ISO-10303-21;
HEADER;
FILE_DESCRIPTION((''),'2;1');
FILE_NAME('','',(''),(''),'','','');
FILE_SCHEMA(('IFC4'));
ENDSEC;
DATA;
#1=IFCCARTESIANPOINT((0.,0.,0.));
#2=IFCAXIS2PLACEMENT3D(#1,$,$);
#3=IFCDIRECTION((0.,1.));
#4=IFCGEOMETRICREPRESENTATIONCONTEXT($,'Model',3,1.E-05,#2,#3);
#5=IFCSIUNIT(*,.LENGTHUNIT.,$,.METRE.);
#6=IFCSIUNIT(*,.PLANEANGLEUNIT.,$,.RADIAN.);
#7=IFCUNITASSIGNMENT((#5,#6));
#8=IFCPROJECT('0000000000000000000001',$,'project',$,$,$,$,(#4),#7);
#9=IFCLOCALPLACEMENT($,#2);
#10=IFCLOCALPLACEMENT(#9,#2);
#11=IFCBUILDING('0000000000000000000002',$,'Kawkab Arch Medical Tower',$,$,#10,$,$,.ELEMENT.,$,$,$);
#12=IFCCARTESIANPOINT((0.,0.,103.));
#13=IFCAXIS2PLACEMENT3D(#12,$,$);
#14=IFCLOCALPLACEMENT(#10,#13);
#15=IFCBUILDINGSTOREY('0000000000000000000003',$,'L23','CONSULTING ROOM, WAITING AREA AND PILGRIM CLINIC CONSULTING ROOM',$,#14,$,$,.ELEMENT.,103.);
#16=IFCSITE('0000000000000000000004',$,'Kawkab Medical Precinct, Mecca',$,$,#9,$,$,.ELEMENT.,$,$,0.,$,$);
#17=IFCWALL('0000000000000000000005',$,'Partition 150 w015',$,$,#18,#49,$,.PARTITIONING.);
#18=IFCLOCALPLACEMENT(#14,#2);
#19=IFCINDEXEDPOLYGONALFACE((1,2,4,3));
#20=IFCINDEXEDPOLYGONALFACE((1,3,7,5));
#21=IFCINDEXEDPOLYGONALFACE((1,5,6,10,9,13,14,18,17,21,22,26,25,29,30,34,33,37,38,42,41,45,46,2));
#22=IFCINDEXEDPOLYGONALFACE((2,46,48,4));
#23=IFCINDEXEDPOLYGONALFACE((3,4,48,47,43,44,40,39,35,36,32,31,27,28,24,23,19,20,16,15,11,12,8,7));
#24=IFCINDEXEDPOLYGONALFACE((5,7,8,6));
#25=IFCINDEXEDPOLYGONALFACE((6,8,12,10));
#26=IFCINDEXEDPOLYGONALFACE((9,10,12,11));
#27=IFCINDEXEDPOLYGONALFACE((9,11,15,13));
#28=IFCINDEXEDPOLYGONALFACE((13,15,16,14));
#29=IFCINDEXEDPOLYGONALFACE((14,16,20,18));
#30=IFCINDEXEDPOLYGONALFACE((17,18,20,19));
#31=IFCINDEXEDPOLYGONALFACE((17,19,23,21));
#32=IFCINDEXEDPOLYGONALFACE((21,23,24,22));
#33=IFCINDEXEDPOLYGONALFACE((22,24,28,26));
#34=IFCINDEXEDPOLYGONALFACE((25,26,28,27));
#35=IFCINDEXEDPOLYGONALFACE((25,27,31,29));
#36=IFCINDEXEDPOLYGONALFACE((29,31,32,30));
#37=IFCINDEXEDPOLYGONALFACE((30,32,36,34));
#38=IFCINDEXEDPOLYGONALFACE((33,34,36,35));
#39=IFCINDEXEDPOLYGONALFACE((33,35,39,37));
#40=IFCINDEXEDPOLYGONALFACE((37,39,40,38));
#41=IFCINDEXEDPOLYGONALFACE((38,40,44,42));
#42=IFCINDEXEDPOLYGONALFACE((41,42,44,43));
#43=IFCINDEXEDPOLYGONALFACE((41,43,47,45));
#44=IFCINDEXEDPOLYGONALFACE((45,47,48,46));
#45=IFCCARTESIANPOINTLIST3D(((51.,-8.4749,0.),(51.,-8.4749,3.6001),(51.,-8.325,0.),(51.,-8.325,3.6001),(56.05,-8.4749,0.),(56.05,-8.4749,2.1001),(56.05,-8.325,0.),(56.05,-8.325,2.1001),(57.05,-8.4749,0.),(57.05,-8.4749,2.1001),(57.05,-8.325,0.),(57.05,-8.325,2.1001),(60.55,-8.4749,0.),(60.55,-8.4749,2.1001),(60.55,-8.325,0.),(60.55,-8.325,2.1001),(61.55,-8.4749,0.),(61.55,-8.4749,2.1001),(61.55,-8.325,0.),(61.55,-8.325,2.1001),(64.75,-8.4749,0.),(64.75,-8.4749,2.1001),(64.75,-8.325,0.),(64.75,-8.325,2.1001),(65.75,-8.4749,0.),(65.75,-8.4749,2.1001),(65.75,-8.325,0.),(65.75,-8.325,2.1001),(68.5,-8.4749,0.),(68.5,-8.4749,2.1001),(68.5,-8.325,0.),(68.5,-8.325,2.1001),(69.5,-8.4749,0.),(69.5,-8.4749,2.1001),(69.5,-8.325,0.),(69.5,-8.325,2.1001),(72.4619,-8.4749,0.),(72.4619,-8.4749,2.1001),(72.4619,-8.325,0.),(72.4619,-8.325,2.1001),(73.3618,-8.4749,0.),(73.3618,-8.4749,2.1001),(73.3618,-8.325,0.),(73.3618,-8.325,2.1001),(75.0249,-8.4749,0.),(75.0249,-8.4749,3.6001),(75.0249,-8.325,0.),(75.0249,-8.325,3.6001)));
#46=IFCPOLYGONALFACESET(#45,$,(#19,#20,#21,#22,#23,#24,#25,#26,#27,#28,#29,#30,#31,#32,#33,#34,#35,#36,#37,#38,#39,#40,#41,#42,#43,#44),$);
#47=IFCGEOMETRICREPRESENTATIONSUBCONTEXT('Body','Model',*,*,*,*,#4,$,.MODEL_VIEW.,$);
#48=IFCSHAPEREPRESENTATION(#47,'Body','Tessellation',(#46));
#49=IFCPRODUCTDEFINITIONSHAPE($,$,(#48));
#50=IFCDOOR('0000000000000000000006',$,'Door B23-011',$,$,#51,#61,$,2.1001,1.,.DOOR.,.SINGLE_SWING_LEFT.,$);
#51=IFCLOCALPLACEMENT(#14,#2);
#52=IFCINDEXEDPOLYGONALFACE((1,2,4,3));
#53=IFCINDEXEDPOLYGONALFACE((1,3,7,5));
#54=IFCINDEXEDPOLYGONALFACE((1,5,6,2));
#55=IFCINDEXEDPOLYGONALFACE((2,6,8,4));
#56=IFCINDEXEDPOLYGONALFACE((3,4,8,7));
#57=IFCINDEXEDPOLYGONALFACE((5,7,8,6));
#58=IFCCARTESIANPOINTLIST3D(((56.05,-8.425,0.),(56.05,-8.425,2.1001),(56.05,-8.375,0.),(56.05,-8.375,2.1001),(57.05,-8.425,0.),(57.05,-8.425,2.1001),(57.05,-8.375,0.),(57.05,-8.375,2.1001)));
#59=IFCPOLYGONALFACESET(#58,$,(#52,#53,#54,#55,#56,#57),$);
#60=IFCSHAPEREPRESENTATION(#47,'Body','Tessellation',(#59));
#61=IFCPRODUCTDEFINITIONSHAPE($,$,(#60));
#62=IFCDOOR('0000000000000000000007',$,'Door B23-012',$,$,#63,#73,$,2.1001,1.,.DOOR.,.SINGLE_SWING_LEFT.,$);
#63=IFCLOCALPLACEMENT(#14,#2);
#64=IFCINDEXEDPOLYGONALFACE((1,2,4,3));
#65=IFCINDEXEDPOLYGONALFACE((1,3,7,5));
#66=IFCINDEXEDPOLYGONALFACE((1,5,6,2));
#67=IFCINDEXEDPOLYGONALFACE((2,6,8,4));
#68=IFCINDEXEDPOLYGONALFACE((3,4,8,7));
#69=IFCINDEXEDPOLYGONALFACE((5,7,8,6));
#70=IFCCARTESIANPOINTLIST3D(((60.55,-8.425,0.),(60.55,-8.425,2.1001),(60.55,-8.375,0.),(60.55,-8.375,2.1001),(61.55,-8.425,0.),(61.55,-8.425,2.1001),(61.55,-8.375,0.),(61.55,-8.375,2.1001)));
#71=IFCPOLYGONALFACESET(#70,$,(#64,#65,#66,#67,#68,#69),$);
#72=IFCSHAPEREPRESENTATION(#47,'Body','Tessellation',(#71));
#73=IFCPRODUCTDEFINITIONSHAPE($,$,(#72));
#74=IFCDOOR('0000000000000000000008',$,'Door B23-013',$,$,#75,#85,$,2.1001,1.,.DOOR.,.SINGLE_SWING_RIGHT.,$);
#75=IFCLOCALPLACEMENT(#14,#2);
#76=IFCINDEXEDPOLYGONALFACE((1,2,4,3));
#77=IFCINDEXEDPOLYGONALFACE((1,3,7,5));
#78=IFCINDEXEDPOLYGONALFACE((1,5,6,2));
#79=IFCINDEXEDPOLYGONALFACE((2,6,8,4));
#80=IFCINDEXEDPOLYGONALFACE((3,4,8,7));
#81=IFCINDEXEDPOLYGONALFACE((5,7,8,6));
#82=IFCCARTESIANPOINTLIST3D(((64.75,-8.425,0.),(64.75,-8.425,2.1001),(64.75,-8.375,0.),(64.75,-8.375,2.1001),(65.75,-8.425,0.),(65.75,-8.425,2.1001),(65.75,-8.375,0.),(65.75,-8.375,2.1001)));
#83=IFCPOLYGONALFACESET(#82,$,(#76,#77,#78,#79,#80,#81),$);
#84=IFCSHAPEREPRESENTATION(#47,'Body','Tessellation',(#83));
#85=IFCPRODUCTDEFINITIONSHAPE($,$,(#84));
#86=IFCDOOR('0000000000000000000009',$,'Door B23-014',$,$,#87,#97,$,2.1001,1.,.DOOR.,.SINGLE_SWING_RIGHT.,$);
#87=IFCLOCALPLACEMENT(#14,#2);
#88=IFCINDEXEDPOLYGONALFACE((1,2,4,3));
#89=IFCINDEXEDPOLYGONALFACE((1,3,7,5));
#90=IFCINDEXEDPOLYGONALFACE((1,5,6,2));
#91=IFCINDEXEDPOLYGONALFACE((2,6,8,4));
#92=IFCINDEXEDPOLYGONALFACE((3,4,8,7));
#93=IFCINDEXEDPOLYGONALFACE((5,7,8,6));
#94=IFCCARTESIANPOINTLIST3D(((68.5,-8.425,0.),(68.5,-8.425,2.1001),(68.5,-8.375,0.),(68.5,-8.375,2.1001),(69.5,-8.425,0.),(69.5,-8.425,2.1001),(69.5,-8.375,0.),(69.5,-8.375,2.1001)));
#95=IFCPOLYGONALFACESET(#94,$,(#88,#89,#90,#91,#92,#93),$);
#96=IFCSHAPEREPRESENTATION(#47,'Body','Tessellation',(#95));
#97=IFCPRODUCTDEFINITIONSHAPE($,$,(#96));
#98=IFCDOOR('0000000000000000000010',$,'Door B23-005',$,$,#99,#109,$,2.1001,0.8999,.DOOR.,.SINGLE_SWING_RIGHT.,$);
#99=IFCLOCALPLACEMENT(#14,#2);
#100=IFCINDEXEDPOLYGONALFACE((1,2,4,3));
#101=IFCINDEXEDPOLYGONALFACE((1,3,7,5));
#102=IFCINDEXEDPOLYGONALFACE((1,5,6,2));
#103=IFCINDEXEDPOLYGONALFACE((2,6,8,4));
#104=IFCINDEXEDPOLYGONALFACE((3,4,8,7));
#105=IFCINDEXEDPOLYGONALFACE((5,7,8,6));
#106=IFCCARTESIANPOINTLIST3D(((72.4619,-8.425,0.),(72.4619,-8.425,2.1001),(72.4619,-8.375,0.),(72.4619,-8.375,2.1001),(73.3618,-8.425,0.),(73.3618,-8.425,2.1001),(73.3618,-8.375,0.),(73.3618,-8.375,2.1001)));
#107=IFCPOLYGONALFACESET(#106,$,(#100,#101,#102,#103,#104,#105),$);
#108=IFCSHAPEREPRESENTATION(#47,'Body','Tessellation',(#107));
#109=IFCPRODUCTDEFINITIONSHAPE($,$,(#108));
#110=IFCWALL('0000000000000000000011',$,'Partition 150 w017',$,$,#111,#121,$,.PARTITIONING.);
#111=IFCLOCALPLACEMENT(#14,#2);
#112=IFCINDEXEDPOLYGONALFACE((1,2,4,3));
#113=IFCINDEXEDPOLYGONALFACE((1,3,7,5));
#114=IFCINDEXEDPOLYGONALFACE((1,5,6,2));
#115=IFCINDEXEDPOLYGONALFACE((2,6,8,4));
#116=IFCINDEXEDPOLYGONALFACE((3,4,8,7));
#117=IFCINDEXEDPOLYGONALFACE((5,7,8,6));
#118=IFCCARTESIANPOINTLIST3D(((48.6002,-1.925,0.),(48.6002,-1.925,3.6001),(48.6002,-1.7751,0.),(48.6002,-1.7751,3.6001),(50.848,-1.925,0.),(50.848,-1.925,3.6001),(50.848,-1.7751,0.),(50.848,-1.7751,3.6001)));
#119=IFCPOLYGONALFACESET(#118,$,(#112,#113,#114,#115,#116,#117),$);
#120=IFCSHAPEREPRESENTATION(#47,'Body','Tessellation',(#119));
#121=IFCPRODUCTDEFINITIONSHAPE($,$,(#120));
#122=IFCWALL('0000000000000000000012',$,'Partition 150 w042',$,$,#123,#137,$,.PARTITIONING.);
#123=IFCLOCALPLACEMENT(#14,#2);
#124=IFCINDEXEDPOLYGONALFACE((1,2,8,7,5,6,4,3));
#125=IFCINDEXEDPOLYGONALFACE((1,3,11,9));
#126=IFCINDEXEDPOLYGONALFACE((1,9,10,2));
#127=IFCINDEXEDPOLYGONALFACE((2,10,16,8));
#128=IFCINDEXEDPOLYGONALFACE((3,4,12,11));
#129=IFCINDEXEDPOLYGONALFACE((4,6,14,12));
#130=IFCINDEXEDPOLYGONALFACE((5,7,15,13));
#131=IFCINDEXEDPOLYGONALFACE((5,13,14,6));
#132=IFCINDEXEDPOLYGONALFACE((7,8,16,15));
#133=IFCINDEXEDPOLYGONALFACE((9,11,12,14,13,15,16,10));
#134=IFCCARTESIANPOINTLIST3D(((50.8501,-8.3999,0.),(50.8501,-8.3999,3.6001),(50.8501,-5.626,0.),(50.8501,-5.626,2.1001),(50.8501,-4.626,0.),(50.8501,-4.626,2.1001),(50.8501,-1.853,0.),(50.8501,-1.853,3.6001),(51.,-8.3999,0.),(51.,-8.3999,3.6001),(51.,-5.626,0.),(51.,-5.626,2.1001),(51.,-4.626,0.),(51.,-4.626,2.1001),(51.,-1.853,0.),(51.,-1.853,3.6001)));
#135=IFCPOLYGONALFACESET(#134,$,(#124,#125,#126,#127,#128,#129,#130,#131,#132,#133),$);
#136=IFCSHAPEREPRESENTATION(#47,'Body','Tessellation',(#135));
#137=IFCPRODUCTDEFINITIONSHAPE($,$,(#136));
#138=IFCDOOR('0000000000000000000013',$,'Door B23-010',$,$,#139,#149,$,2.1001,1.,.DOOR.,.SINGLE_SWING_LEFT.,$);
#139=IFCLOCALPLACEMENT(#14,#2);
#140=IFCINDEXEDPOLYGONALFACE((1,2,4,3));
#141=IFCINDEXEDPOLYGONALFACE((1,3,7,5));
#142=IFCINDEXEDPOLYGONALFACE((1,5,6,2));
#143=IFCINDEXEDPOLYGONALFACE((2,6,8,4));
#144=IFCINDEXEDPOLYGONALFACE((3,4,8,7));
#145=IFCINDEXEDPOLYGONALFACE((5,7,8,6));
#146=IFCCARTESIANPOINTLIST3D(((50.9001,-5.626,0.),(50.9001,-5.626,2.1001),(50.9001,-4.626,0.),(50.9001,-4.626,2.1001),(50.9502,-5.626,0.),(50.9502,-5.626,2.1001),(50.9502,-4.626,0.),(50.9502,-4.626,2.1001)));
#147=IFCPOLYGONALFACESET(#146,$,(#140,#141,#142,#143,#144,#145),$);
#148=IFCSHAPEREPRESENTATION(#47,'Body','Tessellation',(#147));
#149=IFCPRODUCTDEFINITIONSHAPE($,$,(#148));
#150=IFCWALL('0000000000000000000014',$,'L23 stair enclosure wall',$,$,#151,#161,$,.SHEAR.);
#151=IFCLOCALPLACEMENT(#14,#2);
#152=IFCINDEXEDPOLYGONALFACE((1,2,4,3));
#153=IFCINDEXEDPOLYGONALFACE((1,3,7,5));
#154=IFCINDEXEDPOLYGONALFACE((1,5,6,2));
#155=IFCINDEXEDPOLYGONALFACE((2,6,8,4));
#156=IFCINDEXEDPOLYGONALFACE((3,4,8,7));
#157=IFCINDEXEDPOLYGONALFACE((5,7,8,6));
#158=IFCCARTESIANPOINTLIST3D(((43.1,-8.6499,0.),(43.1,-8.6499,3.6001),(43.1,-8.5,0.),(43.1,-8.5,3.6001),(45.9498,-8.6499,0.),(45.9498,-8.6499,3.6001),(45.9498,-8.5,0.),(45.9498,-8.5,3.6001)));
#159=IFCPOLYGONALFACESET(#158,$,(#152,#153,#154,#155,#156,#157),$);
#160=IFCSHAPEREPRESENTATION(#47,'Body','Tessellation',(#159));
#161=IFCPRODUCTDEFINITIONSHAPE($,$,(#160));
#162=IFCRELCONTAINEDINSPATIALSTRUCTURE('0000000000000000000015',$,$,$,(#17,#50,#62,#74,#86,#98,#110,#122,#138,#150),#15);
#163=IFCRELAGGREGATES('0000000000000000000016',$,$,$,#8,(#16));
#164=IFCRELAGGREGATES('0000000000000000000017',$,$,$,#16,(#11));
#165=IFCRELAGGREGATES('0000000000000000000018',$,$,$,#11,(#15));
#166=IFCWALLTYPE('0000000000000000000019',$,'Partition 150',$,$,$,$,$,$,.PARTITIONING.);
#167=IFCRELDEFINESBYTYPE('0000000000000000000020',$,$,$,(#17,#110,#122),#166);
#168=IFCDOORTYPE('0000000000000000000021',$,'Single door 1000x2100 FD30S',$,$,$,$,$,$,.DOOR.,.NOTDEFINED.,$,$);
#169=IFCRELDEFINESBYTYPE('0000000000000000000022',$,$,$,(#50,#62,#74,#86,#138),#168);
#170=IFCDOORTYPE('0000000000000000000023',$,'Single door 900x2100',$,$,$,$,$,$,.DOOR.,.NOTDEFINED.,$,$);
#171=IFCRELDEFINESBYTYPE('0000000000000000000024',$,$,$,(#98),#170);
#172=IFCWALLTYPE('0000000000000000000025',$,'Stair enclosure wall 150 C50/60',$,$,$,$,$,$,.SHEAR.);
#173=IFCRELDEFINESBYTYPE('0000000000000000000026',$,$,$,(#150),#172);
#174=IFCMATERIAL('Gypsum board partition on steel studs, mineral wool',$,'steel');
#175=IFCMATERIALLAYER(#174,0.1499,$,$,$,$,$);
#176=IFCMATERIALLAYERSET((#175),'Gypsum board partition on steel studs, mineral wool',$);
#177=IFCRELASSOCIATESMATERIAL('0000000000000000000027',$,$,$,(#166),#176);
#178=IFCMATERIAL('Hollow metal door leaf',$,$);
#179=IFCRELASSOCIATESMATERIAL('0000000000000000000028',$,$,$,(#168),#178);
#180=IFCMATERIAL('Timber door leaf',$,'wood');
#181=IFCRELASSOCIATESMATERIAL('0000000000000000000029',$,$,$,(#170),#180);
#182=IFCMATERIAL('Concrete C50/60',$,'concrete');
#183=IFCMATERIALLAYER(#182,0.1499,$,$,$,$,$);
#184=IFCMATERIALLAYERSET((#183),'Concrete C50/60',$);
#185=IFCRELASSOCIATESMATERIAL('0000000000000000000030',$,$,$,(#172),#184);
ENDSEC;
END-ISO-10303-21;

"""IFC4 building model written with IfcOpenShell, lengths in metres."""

from ifc_helpers import new_model, si_unit, direction, frame, frame_2d, origin, place, context, subcontext, project, spatial, rectangle, extrude, material, layer, layer_set, type_object, element, fill, save


model = new_model("IFC4")

# Units and contexts
model_context = context("Model", 3, precision=1e-05, world=origin(), true_north=direction((0.0, 1.0)))
body_context = subcontext(model_context, "Body", "Model", "MODEL_VIEW")
ifc_project = project(units=[si_unit("LENGTHUNIT", "METRE"), si_unit("PLANEANGLEUNIT", "RADIAN")], contexts=[model_context])

# Site, building, storey
site_placement = place(None, origin())
site = spatial("IfcSite", under=ifc_project, at=site_placement, Name="Kawkab Medical Precinct, Mecca", CompositionType="ELEMENT", RefElevation=0.0)
building_placement = place(site_placement, origin())
building = spatial("IfcBuilding", under=site, at=building_placement, Name="Kawkab Arch Medical Tower", CompositionType="ELEMENT")
storey_placement = place(building_placement, frame((0.0, 0.0, 103.0)))
storey = spatial("IfcBuildingStorey", under=building, at=storey_placement, Name="L23", Description="CONSULTING ROOM, WAITING AREA AND PILGRIM CLINIC CONSULTING ROOM", CompositionType="ELEMENT", Elevation=103.0)

# Wall, openings, doors
ifc_material_1 = material(Name="Gypsum board partition on steel studs, mineral wool", Category="steel")
ifc_layer_1 = layer(ifc_material_1, 0.1499)
ifc_layer_set_1 = layer_set([ifc_layer_1], Name="Gypsum board partition on steel studs, mineral wool")
wall_type_1 = type_object("IfcWallType", Name="Partition 150", PredefinedType="PARTITIONING", material=ifc_layer_set_1)
wall_1_placement = place(storey_placement, frame((51.0, -8.3999, 0.0), z_axis=(0.0, 0.0, 1.0), x_axis=(1.0, 0.0, 0.0)))
wall_1 = element("IfcWall", 1, at=wall_1_placement, inside=storey, type_object=wall_type_1, Name="Partition 150 w015", PredefinedType="PARTITIONING", context=body_context, shape_type="SweptSolid", body=[
    extrude(rectangle(XDim=24.0249, YDim=0.1499, at=frame_2d((12.0125, 0.0))), origin(), (0.0, 0.0, 1.0), 3.6001),
])
opening_1_placement = place(wall_1_placement, frame((5.05, 0.0, 0.0)))
opening_1 = element("IfcOpeningElement", 2, at=opening_1_placement, cuts=wall_1, PredefinedType="OPENING", context=body_context, shape_type="SweptSolid", body=[
    extrude(rectangle(XDim=1.0, YDim=2.1001, at=frame_2d((0.5, 1.05))), frame((0.0, 0.085, 0.0), z_axis=(0.0, -1.0, 0.0), x_axis=(1.0, 0.0, 0.0)), (0.0, 0.0, 1.0), 0.1699),
])
opening_2_placement = place(wall_1_placement, frame((9.55, 0.0, 0.0)))
opening_2 = element("IfcOpeningElement", 3, at=opening_2_placement, cuts=wall_1, PredefinedType="OPENING", context=body_context, shape_type="SweptSolid", body=[
    extrude(rectangle(XDim=1.0, YDim=2.1001, at=frame_2d((0.5, 1.05))), frame((0.0, 0.085, 0.0), z_axis=(0.0, -1.0, 0.0), x_axis=(1.0, 0.0, 0.0)), (0.0, 0.0, 1.0), 0.1699),
])
opening_3_placement = place(wall_1_placement, frame((13.75, 0.0, 0.0)))
opening_3 = element("IfcOpeningElement", 4, at=opening_3_placement, cuts=wall_1, PredefinedType="OPENING", context=body_context, shape_type="SweptSolid", body=[
    extrude(rectangle(XDim=1.0, YDim=2.1001, at=frame_2d((0.5, 1.05))), frame((0.0, 0.085, 0.0), z_axis=(0.0, -1.0, 0.0), x_axis=(1.0, 0.0, 0.0)), (0.0, 0.0, 1.0), 0.1699),
])
opening_4_placement = place(wall_1_placement, frame((17.5, 0.0, 0.0)))
opening_4 = element("IfcOpeningElement", 5, at=opening_4_placement, cuts=wall_1, PredefinedType="OPENING", context=body_context, shape_type="SweptSolid", body=[
    extrude(rectangle(XDim=1.0, YDim=2.1001, at=frame_2d((0.5, 1.05))), frame((0.0, 0.085, 0.0), z_axis=(0.0, -1.0, 0.0), x_axis=(1.0, 0.0, 0.0)), (0.0, 0.0, 1.0), 0.1699),
])
opening_5_placement = place(wall_1_placement, frame((21.4619, 0.0, 0.0)))
opening_5 = element("IfcOpeningElement", 6, at=opening_5_placement, cuts=wall_1, PredefinedType="OPENING", context=body_context, shape_type="SweptSolid", body=[
    extrude(rectangle(XDim=0.8999, YDim=2.1001, at=frame_2d((0.45, 1.05))), frame((0.0, 0.085, 0.0), z_axis=(0.0, -1.0, 0.0), x_axis=(1.0, 0.0, 0.0)), (0.0, 0.0, 1.0), 0.1699),
])
ifc_material_2 = material(Name="Hollow metal door leaf")
door_type_1 = type_object("IfcDoorType", Name="Single door 1000x2100 FD30S", OperationType="NOTDEFINED", PredefinedType="DOOR", material=ifc_material_2)
door_1_placement = place(opening_1_placement, origin())
door_1 = element("IfcDoor", 7, at=door_1_placement, inside=storey, type_object=door_type_1, Name="Door B23-011", OperationType="SINGLE_SWING_LEFT", OverallHeight=2.1001, OverallWidth=1.0, PredefinedType="DOOR", context=body_context, shape_type="SweptSolid", body=[
    extrude(rectangle(XDim=1.0, YDim=2.1001, at=frame_2d((0.5, 1.05))), frame((0.0, 0.0249, 0.0), z_axis=(0.0, -1.0, 0.0), x_axis=(1.0, 0.0, 0.0)), (0.0, 0.0, 1.0), 0.05),
])
fill(opening_1, door_1)
door_2_placement = place(opening_2_placement, origin())
door_2 = element("IfcDoor", 8, at=door_2_placement, inside=storey, type_object=door_type_1, Name="Door B23-012", OperationType="SINGLE_SWING_LEFT", OverallHeight=2.1001, OverallWidth=1.0, PredefinedType="DOOR", context=body_context, shape_type="SweptSolid", body=[
    extrude(rectangle(XDim=1.0, YDim=2.1001, at=frame_2d((0.5, 1.05))), frame((0.0, 0.0249, 0.0), z_axis=(0.0, -1.0, 0.0), x_axis=(1.0, 0.0, 0.0)), (0.0, 0.0, 1.0), 0.05),
])
fill(opening_2, door_2)
door_3_placement = place(opening_3_placement, origin())
door_3 = element("IfcDoor", 9, at=door_3_placement, inside=storey, type_object=door_type_1, Name="Door B23-013", OperationType="SINGLE_SWING_RIGHT", OverallHeight=2.1001, OverallWidth=1.0, PredefinedType="DOOR", context=body_context, shape_type="SweptSolid", body=[
    extrude(rectangle(XDim=1.0, YDim=2.1001, at=frame_2d((0.5, 1.05))), frame((0.0, 0.0249, 0.0), z_axis=(0.0, -1.0, 0.0), x_axis=(1.0, 0.0, 0.0)), (0.0, 0.0, 1.0), 0.05),
])
fill(opening_3, door_3)
door_4_placement = place(opening_4_placement, origin())
door_4 = element("IfcDoor", 10, at=door_4_placement, inside=storey, type_object=door_type_1, Name="Door B23-014", OperationType="SINGLE_SWING_RIGHT", OverallHeight=2.1001, OverallWidth=1.0, PredefinedType="DOOR", context=body_context, shape_type="SweptSolid", body=[
    extrude(rectangle(XDim=1.0, YDim=2.1001, at=frame_2d((0.5, 1.05))), frame((0.0, 0.0249, 0.0), z_axis=(0.0, -1.0, 0.0), x_axis=(1.0, 0.0, 0.0)), (0.0, 0.0, 1.0), 0.05),
])
fill(opening_4, door_4)
ifc_material_3 = material(Name="Timber door leaf", Category="wood")
door_type_2 = type_object("IfcDoorType", Name="Single door 900x2100", OperationType="NOTDEFINED", PredefinedType="DOOR", material=ifc_material_3)
door_5_placement = place(opening_5_placement, origin())
door_5 = element("IfcDoor", 11, at=door_5_placement, inside=storey, type_object=door_type_2, Name="Door B23-005", OperationType="SINGLE_SWING_RIGHT", OverallHeight=2.1001, OverallWidth=0.8999, PredefinedType="DOOR", context=body_context, shape_type="SweptSolid", body=[
    extrude(rectangle(XDim=0.8999, YDim=2.1001, at=frame_2d((0.45, 1.05))), frame((0.0, 0.0249, 0.0), z_axis=(0.0, -1.0, 0.0), x_axis=(1.0, 0.0, 0.0)), (0.0, 0.0, 1.0), 0.05),
])
fill(opening_5, door_5)

# Wall
wall_2_placement = place(storey_placement, frame((48.6001, -1.8501, 0.0), z_axis=(0.0, 0.0, 1.0), x_axis=(1.0, 0.0, 0.0)))
element("IfcWall", 12, at=wall_2_placement, inside=storey, type_object=wall_type_1, Name="Partition 150 w017", PredefinedType="PARTITIONING", context=body_context, shape_type="SweptSolid", body=[
    extrude(rectangle(XDim=2.2478, YDim=0.1499, at=frame_2d((1.124, 0.0))), origin(), (0.0, 0.0, 1.0), 3.6001),
])

# Wall, opening, door
wall_3_placement = place(storey_placement, frame((50.925, -8.3999, 0.0), z_axis=(0.0, 0.0, 1.0), x_axis=(0.0, 1.0, 0.0)))
wall_3 = element("IfcWall", 13, at=wall_3_placement, inside=storey, type_object=wall_type_1, Name="Partition 150 w042", PredefinedType="PARTITIONING", context=body_context, shape_type="SweptSolid", body=[
    extrude(rectangle(XDim=6.5469, YDim=0.1499, at=frame_2d((3.2734, 0.0))), origin(), (0.0, 0.0, 1.0), 3.6001),
])
opening_6_placement = place(wall_3_placement, frame((2.7739, 0.0, 0.0)))
opening_6 = element("IfcOpeningElement", 14, at=opening_6_placement, cuts=wall_3, PredefinedType="OPENING", context=body_context, shape_type="SweptSolid", body=[
    extrude(rectangle(XDim=1.0, YDim=2.1001, at=frame_2d((0.5, 1.05))), frame((0.0, 0.085, 0.0), z_axis=(0.0, -1.0, 0.0), x_axis=(1.0, 0.0, 0.0)), (0.0, 0.0, 1.0), 0.1699),
])
door_6_placement = place(opening_6_placement, origin())
door_6 = element("IfcDoor", 15, at=door_6_placement, inside=storey, type_object=door_type_1, Name="Door B23-010", OperationType="SINGLE_SWING_LEFT", OverallHeight=2.1001, OverallWidth=1.0, PredefinedType="DOOR", context=body_context, shape_type="SweptSolid", body=[
    extrude(rectangle(XDim=1.0, YDim=2.1001, at=frame_2d((0.5, 1.05))), frame((0.0, 0.0249, 0.0), z_axis=(0.0, -1.0, 0.0), x_axis=(1.0, 0.0, 0.0)), (0.0, 0.0, 1.0), 0.05),
])
fill(opening_6, door_6)

# Wall
ifc_material_4 = material(Name="Concrete C50/60", Category="concrete")
ifc_layer_2 = layer(ifc_material_4, 0.1499)
ifc_layer_set_2 = layer_set([ifc_layer_2], Name="Concrete C50/60")
wall_type_2 = type_object("IfcWallType", Name="Stair enclosure wall 150 C50/60", PredefinedType="SHEAR", material=ifc_layer_set_2)
wall_4_placement = place(storey_placement, frame((43.1001, -8.575, 0.0), z_axis=(0.0, 0.0, 1.0), x_axis=(1.0, 0.0, 0.0)))
element("IfcWall", 16, at=wall_4_placement, inside=storey, type_object=wall_type_2, Name="L23 stair enclosure wall", PredefinedType="SHEAR", context=body_context, shape_type="SweptSolid", body=[
    extrude(rectangle(XDim=2.8499, YDim=0.1499, at=frame_2d((1.4248, 0.0))), origin(), (0.0, 0.0, 1.0), 3.6001),
])

save(model, "model.ifc")
